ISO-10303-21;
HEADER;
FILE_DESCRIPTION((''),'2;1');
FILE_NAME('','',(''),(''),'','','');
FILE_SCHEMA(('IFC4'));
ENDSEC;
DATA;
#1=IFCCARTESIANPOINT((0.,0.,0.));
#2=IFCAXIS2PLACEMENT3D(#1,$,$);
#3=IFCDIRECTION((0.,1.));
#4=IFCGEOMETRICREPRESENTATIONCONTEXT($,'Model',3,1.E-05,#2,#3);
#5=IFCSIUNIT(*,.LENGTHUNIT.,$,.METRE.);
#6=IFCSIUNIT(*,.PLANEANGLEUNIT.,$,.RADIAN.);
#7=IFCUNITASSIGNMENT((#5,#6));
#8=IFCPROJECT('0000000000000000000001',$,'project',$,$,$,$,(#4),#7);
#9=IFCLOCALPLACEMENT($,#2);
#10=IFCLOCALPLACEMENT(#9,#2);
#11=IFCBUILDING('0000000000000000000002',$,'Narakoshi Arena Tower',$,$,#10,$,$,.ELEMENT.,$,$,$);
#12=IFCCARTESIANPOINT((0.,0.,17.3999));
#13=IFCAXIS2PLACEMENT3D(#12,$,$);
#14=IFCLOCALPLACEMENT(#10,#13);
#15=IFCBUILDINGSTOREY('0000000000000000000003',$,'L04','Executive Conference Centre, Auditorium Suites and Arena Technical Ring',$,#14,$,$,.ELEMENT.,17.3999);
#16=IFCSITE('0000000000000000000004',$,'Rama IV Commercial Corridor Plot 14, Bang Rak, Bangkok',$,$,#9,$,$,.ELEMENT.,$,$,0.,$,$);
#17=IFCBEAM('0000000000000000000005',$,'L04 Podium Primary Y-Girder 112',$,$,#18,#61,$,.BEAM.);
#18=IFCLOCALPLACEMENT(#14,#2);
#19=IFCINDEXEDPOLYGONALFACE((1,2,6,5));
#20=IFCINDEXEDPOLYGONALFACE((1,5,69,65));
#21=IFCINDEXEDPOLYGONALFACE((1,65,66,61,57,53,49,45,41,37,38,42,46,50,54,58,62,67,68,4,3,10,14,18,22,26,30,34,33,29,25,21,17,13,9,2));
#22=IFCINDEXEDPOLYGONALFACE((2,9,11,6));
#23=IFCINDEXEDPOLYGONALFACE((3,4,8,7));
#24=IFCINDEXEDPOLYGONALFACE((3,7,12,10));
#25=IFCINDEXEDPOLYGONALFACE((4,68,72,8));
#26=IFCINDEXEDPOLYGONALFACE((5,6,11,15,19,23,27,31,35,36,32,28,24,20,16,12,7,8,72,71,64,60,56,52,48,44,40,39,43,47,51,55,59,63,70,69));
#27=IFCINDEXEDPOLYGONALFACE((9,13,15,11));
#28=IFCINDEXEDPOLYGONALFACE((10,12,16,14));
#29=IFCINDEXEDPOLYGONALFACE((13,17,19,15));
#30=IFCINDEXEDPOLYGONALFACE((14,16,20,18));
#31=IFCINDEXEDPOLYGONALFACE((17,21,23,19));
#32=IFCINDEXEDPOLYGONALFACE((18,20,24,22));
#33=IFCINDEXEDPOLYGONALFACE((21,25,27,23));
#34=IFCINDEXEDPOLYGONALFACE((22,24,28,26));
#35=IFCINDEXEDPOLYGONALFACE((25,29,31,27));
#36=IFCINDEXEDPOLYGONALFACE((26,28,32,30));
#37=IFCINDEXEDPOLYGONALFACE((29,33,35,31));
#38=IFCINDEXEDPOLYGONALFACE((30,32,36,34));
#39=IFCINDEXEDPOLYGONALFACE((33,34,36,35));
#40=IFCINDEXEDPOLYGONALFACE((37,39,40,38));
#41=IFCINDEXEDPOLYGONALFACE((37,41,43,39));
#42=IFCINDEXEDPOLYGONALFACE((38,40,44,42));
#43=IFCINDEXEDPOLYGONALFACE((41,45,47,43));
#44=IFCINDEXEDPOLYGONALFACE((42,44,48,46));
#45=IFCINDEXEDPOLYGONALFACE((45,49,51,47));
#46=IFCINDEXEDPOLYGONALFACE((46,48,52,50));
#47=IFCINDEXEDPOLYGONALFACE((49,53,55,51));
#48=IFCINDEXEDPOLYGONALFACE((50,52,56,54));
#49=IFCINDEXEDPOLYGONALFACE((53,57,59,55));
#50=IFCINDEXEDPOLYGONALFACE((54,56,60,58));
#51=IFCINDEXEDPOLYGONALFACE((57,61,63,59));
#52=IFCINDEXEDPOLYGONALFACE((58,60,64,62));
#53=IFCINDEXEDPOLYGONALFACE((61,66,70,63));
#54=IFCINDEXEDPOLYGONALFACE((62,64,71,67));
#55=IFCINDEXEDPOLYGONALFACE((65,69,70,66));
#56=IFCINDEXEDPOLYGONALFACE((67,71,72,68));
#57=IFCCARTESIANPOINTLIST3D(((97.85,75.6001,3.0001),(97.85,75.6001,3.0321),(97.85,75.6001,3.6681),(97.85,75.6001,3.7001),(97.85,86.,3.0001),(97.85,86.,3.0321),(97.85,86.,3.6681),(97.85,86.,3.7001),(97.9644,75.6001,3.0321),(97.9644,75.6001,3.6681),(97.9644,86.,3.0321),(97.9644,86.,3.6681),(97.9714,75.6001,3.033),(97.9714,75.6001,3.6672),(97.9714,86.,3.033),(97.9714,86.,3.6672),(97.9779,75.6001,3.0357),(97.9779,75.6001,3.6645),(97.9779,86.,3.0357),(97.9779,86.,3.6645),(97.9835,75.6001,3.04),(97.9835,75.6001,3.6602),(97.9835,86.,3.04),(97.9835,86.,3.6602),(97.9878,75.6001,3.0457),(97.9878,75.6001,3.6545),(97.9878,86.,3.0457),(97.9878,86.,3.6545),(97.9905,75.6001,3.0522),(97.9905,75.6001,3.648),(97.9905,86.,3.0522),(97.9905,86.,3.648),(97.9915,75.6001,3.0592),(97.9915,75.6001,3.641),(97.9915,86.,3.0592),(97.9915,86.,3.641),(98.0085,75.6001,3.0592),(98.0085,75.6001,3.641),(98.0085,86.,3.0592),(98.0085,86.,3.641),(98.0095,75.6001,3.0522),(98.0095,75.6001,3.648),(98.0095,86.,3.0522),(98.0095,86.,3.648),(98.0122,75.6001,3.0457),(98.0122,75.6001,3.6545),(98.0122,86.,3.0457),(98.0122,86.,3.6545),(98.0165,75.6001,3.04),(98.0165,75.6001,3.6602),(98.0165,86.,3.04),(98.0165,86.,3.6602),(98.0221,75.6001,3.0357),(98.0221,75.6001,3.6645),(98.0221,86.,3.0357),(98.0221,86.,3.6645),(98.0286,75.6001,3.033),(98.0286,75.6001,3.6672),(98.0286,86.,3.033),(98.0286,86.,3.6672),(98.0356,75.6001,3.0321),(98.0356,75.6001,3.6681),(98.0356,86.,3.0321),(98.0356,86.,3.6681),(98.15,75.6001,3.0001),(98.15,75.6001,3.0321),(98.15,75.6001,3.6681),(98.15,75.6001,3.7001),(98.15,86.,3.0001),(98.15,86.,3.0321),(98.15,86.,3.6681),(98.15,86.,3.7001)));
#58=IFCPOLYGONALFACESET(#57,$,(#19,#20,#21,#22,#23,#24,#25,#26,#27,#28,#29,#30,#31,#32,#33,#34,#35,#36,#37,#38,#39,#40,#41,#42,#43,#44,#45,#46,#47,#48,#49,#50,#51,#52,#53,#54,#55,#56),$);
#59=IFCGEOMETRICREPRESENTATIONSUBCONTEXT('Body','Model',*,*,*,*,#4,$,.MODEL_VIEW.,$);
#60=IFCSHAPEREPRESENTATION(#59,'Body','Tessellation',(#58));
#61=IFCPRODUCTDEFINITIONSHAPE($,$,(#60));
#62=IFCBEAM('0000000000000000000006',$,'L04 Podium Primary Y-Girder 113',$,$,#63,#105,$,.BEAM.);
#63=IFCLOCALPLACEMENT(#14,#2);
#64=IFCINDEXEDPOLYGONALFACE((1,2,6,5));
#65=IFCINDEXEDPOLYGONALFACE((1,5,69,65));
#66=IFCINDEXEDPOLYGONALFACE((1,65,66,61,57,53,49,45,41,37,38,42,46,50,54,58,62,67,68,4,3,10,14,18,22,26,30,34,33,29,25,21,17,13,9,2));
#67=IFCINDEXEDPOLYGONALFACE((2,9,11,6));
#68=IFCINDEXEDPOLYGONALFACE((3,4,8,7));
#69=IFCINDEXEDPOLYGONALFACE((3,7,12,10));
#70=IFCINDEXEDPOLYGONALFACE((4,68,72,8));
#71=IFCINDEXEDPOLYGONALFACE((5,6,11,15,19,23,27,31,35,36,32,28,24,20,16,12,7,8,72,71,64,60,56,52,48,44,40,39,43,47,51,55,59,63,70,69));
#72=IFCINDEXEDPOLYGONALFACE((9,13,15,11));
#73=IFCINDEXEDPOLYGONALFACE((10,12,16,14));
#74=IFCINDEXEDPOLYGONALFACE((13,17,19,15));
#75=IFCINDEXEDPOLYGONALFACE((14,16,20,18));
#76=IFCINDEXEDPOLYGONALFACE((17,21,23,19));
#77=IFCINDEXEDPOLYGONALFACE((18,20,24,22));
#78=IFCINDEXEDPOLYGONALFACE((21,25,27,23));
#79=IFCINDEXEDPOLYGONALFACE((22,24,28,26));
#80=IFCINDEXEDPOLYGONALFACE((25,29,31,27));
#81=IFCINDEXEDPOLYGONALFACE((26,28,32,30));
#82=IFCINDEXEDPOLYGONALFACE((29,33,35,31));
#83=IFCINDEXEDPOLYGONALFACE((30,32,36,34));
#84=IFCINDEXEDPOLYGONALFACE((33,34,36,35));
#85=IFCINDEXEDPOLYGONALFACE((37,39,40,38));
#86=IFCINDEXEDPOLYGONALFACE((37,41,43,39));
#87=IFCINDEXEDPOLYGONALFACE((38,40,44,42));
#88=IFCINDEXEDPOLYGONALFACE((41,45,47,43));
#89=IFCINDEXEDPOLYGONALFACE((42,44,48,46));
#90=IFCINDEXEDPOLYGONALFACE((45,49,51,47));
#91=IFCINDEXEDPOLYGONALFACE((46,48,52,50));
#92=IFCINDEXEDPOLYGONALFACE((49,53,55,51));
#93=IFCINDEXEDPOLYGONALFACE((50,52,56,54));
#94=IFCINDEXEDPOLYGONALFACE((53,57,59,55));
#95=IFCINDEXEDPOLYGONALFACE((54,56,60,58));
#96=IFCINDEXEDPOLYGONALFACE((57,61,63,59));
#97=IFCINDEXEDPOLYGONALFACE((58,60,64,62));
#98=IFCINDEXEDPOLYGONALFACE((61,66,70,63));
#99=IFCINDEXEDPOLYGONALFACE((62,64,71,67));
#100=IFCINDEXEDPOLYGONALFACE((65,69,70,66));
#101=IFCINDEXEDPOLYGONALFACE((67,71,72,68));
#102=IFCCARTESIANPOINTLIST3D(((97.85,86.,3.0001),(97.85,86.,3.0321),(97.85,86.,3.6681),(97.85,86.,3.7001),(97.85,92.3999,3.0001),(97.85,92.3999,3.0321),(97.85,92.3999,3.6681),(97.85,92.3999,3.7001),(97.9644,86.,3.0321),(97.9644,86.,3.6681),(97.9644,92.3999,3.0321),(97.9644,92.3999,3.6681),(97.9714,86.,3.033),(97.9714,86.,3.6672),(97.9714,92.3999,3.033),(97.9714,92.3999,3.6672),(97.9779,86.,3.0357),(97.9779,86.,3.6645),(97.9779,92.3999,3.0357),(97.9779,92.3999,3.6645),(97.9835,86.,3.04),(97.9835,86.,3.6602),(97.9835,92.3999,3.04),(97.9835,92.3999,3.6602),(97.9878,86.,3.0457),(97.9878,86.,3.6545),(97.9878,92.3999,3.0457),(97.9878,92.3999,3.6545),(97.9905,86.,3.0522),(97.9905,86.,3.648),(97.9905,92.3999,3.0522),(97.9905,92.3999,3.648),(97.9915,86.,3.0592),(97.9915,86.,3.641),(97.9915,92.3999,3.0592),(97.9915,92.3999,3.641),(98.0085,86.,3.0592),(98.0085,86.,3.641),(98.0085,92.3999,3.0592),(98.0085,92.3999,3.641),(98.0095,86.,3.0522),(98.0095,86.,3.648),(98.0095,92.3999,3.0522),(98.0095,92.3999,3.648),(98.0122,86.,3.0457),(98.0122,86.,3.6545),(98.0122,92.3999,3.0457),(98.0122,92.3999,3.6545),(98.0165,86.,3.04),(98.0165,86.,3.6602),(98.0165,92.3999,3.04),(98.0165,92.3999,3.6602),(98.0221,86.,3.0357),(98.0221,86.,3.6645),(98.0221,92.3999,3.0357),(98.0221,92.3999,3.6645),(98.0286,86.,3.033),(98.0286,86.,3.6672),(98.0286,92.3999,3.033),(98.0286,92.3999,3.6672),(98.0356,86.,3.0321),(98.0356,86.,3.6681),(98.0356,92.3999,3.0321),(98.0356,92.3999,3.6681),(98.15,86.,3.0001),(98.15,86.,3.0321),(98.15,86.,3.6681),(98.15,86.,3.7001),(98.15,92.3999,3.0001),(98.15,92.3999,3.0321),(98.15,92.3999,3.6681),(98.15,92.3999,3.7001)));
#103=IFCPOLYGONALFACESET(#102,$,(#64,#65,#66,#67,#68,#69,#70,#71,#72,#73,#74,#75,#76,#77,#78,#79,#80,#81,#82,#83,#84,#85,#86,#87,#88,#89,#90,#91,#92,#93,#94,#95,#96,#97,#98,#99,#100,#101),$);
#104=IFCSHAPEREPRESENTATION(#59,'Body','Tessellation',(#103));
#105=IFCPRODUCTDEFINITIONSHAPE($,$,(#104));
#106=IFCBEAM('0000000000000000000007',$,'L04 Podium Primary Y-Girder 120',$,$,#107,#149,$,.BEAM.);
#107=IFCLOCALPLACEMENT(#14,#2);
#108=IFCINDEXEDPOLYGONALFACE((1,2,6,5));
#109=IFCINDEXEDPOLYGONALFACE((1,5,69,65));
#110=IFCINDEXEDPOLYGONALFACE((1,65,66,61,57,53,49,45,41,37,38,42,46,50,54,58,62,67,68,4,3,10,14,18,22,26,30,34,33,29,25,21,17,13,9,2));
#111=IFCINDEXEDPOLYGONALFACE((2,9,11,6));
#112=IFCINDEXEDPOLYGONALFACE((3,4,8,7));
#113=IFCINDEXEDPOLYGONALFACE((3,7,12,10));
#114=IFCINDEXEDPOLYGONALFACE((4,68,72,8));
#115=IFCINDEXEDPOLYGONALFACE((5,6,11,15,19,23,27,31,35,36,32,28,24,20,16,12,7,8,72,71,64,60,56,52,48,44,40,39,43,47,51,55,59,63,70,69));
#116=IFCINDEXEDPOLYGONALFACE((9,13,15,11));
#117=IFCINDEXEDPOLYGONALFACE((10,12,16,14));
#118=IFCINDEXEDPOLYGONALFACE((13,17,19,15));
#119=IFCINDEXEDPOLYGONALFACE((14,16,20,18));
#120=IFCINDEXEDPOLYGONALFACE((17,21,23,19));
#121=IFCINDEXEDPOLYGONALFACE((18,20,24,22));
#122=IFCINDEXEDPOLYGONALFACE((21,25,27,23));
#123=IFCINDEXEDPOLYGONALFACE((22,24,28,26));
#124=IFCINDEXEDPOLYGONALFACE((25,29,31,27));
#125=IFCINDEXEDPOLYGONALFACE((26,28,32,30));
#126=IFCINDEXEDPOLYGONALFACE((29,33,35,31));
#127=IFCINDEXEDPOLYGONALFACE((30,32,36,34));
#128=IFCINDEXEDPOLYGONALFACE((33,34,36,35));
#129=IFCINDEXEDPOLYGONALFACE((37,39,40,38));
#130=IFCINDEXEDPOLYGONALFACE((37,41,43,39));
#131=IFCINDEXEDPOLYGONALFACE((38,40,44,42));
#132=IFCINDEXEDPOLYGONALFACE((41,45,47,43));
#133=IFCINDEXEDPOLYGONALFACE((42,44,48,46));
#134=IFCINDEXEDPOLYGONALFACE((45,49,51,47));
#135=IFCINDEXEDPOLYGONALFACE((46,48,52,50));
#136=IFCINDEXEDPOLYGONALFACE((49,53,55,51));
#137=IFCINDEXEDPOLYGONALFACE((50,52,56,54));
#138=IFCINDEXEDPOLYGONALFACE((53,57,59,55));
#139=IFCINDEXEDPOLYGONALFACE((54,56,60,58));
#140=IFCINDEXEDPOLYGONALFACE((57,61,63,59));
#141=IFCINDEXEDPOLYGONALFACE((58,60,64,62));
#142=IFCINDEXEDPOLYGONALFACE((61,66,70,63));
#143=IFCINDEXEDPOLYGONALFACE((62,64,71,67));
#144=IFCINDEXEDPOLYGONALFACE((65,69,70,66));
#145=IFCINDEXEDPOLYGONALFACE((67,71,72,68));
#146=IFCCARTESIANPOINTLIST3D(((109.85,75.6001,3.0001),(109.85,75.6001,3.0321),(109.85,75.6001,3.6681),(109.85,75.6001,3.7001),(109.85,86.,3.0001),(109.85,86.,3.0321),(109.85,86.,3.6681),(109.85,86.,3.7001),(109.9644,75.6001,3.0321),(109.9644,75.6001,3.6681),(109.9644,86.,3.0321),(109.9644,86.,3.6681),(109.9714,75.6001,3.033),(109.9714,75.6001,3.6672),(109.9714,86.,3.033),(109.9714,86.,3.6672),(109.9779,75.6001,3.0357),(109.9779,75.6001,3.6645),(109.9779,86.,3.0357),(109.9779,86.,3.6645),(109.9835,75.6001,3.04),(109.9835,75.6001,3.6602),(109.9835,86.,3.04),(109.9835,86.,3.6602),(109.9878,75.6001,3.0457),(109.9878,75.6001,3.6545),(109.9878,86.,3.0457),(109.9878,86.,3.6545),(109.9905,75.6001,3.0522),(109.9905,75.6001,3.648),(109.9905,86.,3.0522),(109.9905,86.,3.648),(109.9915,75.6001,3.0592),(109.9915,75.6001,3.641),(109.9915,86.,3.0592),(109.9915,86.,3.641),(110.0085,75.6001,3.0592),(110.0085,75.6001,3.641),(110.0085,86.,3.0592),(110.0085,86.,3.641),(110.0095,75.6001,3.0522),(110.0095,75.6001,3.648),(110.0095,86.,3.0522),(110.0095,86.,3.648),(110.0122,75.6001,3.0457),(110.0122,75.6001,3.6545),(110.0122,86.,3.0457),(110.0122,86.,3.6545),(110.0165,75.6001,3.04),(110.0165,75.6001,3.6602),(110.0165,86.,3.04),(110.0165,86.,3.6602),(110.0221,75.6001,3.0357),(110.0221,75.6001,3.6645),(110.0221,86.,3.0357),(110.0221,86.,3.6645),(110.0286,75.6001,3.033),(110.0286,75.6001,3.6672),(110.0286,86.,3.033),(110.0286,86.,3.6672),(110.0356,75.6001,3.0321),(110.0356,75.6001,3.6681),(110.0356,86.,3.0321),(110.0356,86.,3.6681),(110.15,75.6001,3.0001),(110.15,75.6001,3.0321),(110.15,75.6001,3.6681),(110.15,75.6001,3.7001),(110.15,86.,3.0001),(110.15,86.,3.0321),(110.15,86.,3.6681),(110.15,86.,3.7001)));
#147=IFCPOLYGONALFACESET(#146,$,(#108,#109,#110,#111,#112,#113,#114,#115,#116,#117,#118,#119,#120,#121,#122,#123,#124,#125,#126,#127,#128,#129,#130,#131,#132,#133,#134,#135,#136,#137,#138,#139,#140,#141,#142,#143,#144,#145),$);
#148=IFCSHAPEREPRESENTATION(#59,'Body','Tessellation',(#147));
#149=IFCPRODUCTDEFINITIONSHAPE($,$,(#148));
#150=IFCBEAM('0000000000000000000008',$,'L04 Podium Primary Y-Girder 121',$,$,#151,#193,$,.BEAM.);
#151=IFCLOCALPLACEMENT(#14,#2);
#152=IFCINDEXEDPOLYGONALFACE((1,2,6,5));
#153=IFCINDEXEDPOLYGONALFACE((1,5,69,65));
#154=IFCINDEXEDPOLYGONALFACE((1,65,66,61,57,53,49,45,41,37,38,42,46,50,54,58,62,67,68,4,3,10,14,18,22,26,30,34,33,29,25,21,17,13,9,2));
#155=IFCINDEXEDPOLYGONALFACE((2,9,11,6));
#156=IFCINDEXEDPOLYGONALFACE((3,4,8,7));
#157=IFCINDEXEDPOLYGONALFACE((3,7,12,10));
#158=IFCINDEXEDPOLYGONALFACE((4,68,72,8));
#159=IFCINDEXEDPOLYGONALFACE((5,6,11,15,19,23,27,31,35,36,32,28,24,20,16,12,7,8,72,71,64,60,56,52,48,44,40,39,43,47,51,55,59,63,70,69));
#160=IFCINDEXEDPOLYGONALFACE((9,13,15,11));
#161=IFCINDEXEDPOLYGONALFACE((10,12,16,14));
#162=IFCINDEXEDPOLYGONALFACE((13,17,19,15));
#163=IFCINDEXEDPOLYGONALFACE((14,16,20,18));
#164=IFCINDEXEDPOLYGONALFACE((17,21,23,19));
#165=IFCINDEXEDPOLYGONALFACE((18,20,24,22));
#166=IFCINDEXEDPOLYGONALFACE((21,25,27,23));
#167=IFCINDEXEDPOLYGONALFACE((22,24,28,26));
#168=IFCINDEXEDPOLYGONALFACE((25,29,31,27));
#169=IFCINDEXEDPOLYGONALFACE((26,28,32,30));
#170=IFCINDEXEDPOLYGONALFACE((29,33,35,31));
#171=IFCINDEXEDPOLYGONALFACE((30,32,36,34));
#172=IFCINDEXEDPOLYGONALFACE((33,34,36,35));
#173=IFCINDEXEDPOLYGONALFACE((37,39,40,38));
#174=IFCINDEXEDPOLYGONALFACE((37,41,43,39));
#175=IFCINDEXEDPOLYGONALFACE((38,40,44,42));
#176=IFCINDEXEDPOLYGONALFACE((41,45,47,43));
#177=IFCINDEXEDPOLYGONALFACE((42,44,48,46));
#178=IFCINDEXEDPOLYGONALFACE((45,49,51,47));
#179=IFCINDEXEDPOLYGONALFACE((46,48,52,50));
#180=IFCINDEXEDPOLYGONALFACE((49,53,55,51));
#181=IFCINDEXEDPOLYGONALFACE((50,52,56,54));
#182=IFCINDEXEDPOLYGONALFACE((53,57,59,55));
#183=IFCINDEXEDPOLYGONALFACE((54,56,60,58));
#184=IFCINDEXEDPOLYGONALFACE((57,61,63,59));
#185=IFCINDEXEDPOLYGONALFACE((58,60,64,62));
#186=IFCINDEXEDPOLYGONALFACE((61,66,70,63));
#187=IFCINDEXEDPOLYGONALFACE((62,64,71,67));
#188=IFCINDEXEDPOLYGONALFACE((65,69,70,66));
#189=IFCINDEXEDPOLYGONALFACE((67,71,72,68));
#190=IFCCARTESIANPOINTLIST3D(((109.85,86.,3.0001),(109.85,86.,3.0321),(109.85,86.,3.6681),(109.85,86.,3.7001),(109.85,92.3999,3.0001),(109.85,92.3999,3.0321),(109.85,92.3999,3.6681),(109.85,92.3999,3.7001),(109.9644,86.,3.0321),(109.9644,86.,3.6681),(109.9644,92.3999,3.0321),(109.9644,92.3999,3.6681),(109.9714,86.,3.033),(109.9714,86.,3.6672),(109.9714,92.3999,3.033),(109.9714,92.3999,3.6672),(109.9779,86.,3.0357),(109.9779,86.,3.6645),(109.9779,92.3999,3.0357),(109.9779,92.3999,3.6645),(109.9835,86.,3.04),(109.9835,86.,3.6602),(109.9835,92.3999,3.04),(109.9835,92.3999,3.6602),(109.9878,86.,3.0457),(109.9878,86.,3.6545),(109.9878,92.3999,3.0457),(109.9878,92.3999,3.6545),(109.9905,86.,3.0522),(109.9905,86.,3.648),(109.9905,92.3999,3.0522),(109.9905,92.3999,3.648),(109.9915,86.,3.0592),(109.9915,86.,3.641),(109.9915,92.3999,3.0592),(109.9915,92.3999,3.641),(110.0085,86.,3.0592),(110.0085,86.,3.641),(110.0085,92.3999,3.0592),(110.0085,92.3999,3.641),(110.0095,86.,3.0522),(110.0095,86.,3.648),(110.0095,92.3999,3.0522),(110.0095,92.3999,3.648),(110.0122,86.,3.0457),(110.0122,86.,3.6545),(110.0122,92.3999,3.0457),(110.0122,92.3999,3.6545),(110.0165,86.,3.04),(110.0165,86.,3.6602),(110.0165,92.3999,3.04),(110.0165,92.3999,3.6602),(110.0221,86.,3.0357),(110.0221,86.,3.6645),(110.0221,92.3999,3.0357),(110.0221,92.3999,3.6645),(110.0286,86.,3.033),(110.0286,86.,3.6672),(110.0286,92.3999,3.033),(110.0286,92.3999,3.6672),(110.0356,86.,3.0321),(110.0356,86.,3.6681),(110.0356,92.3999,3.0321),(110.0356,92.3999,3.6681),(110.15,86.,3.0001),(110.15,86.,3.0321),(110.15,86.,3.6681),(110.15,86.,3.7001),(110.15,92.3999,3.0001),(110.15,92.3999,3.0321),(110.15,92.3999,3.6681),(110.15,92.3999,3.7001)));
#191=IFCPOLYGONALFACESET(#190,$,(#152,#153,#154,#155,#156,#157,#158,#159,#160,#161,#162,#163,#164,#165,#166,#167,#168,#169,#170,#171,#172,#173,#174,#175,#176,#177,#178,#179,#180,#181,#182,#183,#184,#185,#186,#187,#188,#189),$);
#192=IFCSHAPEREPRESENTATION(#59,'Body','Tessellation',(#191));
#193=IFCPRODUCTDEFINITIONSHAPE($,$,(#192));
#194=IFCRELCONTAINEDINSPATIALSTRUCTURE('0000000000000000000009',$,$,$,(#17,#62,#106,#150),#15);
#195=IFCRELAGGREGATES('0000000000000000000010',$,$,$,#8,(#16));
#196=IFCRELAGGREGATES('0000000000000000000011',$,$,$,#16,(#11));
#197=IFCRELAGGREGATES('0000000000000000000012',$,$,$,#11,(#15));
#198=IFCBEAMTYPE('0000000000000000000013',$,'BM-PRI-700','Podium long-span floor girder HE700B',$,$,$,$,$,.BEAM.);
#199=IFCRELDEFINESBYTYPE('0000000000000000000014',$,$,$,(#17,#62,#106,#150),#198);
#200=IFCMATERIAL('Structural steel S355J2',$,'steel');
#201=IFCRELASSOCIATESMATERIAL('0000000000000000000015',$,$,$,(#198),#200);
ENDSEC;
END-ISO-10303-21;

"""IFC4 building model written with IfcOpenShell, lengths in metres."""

from ifc_helpers import new_model, si_unit, direction, frame, origin, origin_2d, place, context, subcontext, project, spatial, i_section, extrude, material, material_profile, profile_set, type_object, element, save


model = new_model("IFC4")

# Units and contexts
model_context = context("Model", 3, precision=1e-05, world=origin(), true_north=direction((0.0, 1.0)))
body_context = subcontext(model_context, "Body", "Model", "MODEL_VIEW")
ifc_project = project(units=[si_unit("LENGTHUNIT", "METRE"), si_unit("PLANEANGLEUNIT", "RADIAN")], contexts=[model_context])

# Site, building, storey
site_placement = place(None, origin())
site = spatial("IfcSite", under=ifc_project, at=site_placement, Name="Rama IV Commercial Corridor Plot 14, Bang Rak, Bangkok", CompositionType="ELEMENT", RefElevation=0.0)
building_placement = place(site_placement, origin())
building = spatial("IfcBuilding", under=site, at=building_placement, Name="Narakoshi Arena Tower", CompositionType="ELEMENT")
storey_placement = place(building_placement, frame((0.0, 0.0, 17.3999)))
storey = spatial("IfcBuildingStorey", under=building, at=storey_placement, Name="L04", Description="Executive Conference Centre, Auditorium Suites and Arena Technical Ring", CompositionType="ELEMENT", Elevation=17.3999)

# Beams
ifc_material_1 = material(Name="Structural steel S355J2", Category="steel")
ifc_material_profile_1 = material_profile(ifc_material_1, i_section(OverallWidth=0.3, OverallDepth=0.7, WebThickness=0.0171, FlangeThickness=0.032, FilletRadius=0.0271, at=origin_2d()), Name="HE700B")
ifc_profile_set_1 = profile_set([ifc_material_profile_1], Name="Structural steel S355J2")
beam_type_1 = type_object("IfcBeamType", Name="BM-PRI-700", Description="Podium long-span floor girder HE700B", PredefinedType="BEAM", material=ifc_profile_set_1)
beam_1_placement = place(storey_placement, frame((98.0, 75.6001, 3.3501), z_axis=(0.0, 1.0, 0.0), x_axis=(-1.0, 0.0, 0.0)))
element("IfcBeam", 1, at=beam_1_placement, inside=storey, type_object=beam_type_1, Name="L04 Podium Primary Y-Girder 112", PredefinedType="BEAM", context=body_context, shape_type="SweptSolid", body=[
    extrude(i_section(OverallWidth=0.3, OverallDepth=0.7, WebThickness=0.0171, FlangeThickness=0.032, FilletRadius=0.0271, at=origin_2d()), origin(), (0.0, 0.0, 1.0), 10.3999),
])
beam_2_placement = place(storey_placement, frame((98.0, 86.0, 3.3501), z_axis=(0.0, 1.0, 0.0), x_axis=(-1.0, 0.0, 0.0)))
element("IfcBeam", 2, at=beam_2_placement, inside=storey, type_object=beam_type_1, Name="L04 Podium Primary Y-Girder 113", PredefinedType="BEAM", context=body_context, shape_type="SweptSolid", body=[
    extrude(i_section(OverallWidth=0.3, OverallDepth=0.7, WebThickness=0.0171, FlangeThickness=0.032, FilletRadius=0.0271, at=origin_2d()), origin(), (0.0, 0.0, 1.0), 6.3999),
])
beam_3_placement = place(storey_placement, frame((110.0, 75.6001, 3.3501), z_axis=(0.0, 1.0, 0.0), x_axis=(-1.0, 0.0, 0.0)))
element("IfcBeam", 3, at=beam_3_placement, inside=storey, type_object=beam_type_1, Name="L04 Podium Primary Y-Girder 120", PredefinedType="BEAM", context=body_context, shape_type="SweptSolid", body=[
    extrude(i_section(OverallWidth=0.3, OverallDepth=0.7, WebThickness=0.0171, FlangeThickness=0.032, FilletRadius=0.0271, at=origin_2d()), origin(), (0.0, 0.0, 1.0), 10.3999),
])
beam_4_placement = place(storey_placement, frame((110.0, 86.0, 3.3501), z_axis=(0.0, 1.0, 0.0), x_axis=(-1.0, 0.0, 0.0)))
element("IfcBeam", 4, at=beam_4_placement, inside=storey, type_object=beam_type_1, Name="L04 Podium Primary Y-Girder 121", PredefinedType="BEAM", context=body_context, shape_type="SweptSolid", body=[
    extrude(i_section(OverallWidth=0.3, OverallDepth=0.7, WebThickness=0.0171, FlangeThickness=0.032, FilletRadius=0.0271, at=origin_2d()), origin(), (0.0, 0.0, 1.0), 6.3999),
])

save(model, "model.ifc")
